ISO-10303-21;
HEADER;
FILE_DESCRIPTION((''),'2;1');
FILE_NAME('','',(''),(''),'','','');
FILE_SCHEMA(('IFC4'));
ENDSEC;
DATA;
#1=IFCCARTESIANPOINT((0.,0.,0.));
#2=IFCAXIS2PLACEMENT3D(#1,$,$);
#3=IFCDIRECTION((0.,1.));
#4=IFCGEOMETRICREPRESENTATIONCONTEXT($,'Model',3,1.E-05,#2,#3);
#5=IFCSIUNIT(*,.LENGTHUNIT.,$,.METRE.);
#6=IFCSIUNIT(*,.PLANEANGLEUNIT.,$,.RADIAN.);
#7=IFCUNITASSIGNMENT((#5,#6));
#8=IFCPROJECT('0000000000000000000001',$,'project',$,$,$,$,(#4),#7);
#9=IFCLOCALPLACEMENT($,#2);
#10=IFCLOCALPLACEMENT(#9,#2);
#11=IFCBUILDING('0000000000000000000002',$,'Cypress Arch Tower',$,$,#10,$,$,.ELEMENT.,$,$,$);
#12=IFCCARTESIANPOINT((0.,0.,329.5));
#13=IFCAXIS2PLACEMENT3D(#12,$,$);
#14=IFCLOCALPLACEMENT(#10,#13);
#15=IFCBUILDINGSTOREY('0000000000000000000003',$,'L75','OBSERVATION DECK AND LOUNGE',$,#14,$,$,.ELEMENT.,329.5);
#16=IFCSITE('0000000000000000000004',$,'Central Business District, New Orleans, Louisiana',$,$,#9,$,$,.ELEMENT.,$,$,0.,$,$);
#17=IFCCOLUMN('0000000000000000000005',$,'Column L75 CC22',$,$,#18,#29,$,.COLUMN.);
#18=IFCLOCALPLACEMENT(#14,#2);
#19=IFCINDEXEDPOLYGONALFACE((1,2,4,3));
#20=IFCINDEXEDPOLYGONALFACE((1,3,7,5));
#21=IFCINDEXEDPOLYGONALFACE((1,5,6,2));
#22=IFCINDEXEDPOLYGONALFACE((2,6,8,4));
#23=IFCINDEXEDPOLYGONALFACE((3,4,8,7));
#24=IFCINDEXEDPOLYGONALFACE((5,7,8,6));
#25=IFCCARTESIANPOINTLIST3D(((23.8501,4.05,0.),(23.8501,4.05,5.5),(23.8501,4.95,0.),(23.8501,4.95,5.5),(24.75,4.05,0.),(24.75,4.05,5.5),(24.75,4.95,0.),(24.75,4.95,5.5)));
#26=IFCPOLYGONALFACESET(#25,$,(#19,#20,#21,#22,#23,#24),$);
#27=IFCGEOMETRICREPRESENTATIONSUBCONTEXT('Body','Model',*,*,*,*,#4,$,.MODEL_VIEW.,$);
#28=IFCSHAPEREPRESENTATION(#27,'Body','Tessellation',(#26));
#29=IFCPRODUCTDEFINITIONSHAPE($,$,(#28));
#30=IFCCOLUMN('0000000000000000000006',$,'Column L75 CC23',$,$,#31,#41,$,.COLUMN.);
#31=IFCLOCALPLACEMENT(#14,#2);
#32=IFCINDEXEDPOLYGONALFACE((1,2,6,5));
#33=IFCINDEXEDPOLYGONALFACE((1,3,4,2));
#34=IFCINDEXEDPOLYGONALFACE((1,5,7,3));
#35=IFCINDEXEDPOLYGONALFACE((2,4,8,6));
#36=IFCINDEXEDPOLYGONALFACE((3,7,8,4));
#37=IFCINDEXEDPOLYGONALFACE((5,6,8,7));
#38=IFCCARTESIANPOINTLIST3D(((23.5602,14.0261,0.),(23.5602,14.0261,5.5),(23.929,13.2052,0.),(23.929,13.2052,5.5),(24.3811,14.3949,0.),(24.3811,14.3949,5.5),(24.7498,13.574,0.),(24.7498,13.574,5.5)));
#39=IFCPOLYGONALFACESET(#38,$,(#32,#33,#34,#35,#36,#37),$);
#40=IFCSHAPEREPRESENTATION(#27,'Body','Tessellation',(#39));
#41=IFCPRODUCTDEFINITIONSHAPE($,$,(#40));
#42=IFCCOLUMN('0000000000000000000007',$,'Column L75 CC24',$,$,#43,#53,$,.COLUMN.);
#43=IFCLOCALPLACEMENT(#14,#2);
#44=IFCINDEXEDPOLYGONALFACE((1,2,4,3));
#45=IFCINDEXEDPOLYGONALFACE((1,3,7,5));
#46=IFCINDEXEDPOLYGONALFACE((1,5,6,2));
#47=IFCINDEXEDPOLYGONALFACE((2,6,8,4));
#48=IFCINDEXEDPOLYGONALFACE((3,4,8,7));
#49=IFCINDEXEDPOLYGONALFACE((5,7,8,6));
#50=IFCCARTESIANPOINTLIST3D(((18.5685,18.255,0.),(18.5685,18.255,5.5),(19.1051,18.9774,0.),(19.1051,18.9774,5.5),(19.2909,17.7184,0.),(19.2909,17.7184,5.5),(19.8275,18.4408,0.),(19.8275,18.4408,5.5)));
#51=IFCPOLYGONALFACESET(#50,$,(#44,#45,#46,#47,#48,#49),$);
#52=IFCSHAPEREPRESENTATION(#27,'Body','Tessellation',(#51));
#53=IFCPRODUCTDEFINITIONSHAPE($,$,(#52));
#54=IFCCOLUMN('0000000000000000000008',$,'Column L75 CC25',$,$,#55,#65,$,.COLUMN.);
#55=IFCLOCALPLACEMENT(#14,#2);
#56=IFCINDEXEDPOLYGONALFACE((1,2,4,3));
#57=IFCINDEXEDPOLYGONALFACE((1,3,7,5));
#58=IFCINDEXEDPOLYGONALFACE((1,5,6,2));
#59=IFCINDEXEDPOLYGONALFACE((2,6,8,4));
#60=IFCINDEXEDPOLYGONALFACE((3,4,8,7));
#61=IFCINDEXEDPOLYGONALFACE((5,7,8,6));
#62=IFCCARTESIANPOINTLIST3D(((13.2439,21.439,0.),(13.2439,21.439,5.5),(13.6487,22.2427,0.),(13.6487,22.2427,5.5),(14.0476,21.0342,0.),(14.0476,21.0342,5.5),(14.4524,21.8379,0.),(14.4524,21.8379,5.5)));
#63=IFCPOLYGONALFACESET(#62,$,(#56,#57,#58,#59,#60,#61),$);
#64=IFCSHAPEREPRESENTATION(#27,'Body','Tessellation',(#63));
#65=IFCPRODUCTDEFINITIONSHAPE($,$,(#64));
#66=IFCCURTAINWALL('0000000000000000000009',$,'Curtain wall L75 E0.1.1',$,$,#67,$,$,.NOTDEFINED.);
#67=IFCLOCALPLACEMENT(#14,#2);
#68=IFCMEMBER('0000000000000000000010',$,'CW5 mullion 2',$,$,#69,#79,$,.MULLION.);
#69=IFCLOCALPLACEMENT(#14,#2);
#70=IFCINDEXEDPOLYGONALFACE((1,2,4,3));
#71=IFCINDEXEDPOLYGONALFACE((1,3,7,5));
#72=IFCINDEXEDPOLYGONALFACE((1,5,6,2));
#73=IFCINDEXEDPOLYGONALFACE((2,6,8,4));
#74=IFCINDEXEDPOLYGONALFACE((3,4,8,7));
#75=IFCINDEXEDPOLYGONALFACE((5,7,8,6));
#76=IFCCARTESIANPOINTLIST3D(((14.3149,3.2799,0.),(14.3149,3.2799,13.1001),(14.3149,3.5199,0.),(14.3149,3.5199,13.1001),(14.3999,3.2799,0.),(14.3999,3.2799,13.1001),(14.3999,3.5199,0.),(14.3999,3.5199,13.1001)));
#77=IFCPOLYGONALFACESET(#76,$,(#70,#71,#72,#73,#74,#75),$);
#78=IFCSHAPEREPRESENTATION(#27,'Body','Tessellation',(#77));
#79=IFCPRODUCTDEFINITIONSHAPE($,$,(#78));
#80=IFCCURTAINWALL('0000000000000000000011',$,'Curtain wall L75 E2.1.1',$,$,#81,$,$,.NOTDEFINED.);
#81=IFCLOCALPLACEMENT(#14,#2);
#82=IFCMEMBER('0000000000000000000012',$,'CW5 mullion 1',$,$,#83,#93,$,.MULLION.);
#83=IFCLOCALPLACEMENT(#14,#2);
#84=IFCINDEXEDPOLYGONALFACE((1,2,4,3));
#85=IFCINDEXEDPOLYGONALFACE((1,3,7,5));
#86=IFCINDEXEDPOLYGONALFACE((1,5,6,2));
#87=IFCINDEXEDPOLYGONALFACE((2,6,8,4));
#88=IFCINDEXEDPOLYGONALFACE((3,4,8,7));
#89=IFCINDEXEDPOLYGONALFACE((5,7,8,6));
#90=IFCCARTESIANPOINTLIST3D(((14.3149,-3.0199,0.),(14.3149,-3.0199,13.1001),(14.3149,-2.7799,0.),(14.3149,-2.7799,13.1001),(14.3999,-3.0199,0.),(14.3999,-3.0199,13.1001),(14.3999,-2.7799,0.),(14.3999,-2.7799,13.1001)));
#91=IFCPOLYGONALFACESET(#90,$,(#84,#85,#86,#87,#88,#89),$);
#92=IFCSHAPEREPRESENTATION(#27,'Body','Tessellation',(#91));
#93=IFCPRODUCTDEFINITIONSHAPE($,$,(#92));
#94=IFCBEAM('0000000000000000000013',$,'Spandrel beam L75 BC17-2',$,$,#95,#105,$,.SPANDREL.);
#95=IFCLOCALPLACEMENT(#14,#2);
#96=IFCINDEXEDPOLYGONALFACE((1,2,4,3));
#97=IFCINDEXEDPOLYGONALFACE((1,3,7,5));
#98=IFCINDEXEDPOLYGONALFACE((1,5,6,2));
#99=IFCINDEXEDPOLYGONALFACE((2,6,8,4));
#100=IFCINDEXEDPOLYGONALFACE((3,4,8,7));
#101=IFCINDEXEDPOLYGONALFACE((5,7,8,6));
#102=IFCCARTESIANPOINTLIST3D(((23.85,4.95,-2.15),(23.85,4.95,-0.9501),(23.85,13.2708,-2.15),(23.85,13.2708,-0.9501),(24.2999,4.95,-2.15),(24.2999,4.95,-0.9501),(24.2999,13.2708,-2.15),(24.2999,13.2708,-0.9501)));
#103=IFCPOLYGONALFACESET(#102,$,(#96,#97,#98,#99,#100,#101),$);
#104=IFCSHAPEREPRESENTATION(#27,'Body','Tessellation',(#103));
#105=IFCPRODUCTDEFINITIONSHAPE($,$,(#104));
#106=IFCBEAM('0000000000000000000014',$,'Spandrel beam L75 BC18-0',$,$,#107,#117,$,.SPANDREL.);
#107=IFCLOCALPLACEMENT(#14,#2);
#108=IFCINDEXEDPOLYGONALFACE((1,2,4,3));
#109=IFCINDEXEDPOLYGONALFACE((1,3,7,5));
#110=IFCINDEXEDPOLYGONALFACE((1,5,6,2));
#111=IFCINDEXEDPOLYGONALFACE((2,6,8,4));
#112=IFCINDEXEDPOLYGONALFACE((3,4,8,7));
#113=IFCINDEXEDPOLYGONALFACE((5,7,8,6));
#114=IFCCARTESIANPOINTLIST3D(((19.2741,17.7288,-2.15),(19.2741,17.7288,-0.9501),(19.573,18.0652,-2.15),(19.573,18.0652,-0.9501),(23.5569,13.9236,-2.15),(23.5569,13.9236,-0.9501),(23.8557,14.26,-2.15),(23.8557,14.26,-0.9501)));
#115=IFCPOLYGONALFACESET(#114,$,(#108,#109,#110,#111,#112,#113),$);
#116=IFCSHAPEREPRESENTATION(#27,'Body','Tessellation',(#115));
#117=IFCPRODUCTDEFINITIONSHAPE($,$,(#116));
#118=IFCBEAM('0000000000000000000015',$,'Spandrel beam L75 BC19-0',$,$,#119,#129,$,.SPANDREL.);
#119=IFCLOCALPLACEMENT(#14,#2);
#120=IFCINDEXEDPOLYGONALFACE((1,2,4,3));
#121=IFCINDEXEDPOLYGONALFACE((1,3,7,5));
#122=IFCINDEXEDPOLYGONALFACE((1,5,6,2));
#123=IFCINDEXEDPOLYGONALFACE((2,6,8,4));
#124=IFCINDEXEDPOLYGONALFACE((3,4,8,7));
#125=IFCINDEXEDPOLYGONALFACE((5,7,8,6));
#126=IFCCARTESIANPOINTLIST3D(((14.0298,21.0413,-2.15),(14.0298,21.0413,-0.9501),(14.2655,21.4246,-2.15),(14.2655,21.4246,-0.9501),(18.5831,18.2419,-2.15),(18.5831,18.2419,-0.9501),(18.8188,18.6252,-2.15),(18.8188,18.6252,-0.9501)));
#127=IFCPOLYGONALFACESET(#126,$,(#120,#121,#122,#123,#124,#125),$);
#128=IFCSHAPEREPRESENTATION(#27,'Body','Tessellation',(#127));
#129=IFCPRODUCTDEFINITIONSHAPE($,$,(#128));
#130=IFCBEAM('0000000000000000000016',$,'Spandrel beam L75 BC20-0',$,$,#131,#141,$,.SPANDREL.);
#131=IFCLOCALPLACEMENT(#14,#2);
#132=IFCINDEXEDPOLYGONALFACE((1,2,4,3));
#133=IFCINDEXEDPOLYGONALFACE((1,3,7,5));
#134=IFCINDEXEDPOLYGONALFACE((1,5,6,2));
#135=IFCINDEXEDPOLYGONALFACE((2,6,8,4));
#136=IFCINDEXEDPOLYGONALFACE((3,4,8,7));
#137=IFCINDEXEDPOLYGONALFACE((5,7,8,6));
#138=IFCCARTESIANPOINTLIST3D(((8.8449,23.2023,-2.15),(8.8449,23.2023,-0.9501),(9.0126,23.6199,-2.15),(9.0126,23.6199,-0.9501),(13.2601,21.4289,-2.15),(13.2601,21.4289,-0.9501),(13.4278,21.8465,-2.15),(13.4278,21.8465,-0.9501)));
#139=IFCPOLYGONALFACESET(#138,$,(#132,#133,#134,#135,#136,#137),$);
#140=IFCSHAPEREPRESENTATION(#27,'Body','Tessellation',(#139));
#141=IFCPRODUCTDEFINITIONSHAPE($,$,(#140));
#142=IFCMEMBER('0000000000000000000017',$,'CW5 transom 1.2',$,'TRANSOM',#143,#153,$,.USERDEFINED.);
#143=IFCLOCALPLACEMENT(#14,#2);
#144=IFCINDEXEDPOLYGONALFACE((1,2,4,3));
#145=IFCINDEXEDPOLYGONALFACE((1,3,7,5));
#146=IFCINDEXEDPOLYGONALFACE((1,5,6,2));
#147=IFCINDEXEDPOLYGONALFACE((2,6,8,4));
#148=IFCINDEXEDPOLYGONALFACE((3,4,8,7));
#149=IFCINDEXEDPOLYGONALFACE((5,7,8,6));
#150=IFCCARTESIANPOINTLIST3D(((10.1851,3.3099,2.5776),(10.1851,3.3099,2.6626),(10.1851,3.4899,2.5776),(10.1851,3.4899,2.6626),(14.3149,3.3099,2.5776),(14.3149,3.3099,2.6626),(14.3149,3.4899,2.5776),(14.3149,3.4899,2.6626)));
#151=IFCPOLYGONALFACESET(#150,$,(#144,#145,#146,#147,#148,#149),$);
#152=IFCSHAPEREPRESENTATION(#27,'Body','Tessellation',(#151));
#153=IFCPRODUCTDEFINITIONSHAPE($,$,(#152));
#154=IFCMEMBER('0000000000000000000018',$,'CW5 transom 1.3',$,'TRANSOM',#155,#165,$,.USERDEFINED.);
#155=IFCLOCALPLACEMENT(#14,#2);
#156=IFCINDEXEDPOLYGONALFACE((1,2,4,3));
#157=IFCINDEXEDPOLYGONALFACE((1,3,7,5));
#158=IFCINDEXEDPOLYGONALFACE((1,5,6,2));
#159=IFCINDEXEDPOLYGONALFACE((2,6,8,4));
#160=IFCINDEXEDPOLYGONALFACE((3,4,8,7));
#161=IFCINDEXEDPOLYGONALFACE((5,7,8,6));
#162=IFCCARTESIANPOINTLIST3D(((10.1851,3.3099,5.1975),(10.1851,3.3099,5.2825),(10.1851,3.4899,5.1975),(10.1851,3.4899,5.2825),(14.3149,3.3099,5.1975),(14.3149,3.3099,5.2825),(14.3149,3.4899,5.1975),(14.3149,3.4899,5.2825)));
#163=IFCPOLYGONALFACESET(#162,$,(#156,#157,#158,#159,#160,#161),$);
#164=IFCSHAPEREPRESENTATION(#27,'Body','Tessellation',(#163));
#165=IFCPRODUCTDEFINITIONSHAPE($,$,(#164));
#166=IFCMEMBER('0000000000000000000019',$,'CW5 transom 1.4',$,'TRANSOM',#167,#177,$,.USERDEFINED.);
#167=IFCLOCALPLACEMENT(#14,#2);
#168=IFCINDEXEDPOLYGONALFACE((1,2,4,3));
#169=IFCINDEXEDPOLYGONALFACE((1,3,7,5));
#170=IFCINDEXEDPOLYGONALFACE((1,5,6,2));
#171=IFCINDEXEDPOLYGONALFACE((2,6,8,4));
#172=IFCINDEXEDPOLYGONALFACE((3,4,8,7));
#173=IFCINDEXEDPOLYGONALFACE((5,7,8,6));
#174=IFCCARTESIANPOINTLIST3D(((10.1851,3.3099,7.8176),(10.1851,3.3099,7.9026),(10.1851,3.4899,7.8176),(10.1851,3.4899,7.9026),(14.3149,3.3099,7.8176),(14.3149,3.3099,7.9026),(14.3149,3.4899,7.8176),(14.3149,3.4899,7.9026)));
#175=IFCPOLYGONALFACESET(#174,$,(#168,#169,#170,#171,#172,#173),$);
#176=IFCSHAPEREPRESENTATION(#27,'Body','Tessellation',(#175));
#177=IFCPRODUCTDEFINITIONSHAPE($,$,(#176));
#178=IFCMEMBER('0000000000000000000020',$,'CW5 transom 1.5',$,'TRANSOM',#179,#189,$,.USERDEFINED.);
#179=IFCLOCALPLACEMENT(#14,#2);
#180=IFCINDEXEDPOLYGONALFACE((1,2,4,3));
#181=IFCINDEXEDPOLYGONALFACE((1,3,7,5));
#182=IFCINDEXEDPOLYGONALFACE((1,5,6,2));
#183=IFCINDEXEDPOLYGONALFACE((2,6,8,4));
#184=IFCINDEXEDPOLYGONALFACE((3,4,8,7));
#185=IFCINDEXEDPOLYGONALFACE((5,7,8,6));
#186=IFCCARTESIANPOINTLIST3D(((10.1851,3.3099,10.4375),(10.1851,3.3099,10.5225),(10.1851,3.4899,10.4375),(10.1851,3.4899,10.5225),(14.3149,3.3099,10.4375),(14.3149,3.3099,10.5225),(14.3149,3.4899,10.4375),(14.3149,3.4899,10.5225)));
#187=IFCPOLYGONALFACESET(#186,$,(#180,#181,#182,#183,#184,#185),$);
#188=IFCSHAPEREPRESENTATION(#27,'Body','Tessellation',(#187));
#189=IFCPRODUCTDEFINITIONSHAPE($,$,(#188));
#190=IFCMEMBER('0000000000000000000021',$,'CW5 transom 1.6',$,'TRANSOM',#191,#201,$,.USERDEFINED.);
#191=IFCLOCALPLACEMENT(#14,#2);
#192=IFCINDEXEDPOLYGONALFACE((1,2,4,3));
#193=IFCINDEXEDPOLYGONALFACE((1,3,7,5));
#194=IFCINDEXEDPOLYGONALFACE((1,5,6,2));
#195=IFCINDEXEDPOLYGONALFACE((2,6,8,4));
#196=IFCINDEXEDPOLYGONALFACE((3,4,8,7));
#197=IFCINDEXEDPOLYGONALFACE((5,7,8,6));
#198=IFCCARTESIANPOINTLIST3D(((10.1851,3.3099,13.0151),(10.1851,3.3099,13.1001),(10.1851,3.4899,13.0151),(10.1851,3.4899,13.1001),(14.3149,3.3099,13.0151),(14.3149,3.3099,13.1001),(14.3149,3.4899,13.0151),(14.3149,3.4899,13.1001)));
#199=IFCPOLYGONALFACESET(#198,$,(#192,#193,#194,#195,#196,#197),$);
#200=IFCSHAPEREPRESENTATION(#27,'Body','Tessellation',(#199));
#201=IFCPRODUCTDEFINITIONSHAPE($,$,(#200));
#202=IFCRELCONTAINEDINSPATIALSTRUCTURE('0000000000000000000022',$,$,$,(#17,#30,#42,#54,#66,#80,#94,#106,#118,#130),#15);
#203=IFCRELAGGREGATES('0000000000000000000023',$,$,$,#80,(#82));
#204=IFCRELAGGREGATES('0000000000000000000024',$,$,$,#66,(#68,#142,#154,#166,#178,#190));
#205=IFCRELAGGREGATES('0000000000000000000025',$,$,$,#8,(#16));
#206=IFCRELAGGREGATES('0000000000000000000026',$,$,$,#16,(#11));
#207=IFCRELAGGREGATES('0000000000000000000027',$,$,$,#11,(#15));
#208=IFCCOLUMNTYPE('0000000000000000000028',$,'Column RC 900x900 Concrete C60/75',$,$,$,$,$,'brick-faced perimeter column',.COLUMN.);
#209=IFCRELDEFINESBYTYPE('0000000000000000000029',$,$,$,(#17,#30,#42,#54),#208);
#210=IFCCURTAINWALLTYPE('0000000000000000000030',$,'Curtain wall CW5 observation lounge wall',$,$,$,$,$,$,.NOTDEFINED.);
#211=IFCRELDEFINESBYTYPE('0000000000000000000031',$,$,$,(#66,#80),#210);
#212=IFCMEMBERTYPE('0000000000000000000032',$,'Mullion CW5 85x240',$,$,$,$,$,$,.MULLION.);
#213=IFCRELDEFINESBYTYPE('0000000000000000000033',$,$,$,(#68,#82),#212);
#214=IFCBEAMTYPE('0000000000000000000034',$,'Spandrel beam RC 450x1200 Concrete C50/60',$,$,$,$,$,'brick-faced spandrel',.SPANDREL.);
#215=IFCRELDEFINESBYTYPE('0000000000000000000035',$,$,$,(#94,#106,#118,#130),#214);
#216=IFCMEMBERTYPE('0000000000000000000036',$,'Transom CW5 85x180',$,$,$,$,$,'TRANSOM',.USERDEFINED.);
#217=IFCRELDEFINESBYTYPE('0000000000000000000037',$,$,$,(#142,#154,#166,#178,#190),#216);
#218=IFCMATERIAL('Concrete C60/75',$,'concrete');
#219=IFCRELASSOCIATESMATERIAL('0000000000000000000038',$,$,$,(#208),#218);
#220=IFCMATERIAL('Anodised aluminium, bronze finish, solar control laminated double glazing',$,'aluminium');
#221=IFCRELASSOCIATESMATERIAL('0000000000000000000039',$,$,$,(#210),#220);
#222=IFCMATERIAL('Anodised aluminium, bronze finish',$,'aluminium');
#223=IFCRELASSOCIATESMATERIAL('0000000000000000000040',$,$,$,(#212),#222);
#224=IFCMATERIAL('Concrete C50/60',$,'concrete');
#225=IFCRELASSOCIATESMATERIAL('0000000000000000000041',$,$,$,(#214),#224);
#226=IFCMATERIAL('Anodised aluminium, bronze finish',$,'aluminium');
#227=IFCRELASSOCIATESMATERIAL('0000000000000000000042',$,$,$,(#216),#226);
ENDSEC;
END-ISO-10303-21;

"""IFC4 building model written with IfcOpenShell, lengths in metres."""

from ifc_helpers import new_model, si_unit, direction, frame, origin, origin_2d, place, context, subcontext, project, spatial, rectangle, extrude, material, material_profile, profile_set, type_object, element, aggregate, save


model = new_model("IFC4")

# Units and contexts
model_context = context("Model", 3, precision=1e-05, world=origin(), true_north=direction((0.0, 1.0)))
body_context = subcontext(model_context, "Body", "Model", "MODEL_VIEW")
ifc_project = project(units=[si_unit("LENGTHUNIT", "METRE"), si_unit("PLANEANGLEUNIT", "RADIAN")], contexts=[model_context])

# Site, building, storey
site_placement = place(None, origin())
site = spatial("IfcSite", under=ifc_project, at=site_placement, Name="Central Business District, New Orleans, Louisiana", CompositionType="ELEMENT", RefElevation=0.0)
building_placement = place(site_placement, origin())
building = spatial("IfcBuilding", under=site, at=building_placement, Name="Cypress Arch Tower", CompositionType="ELEMENT")
storey_placement = place(building_placement, frame((0.0, 0.0, 329.5)))
storey = spatial("IfcBuildingStorey", under=building, at=storey_placement, Name="L75", Description="OBSERVATION DECK AND LOUNGE", CompositionType="ELEMENT", Elevation=329.5)

# Columns
ifc_material_1 = material(Name="Concrete C60/75", Category="concrete")
ifc_material_profile_1 = material_profile(ifc_material_1, rectangle(XDim=0.8999, YDim=0.8999, at=origin_2d()), Name="RC 900x900")
ifc_profile_set_1 = profile_set([ifc_material_profile_1], Name="Concrete C60/75")
column_type = type_object("IfcColumnType", Name="Column RC 900x900 Concrete C60/75", ElementType="brick-faced perimeter column", PredefinedType="COLUMN", material=ifc_profile_set_1)
for number, where, z_axis, x_axis, name in (
    (1, (24.3, 4.5, 0.0), (0.0, 0.0, 1.0), (0.0, 1.0, 0.0), "Column L75 CC22"),
    (2, (24.155, 13.8, 0.0), (0.0, 0.0, 1.0), (-0.409765, 0.912191, 0.0), "Column L75 CC23"),
    (3, (19.198, 18.3479, 0.0), (0.0, 0.0, 1.0), (-0.802799, 0.59625, 0.0), "Column L75 CC24"),
    (4, (13.8481, 21.6384, 0.0), (0.0, 0.0, 1.0), (-0.893106, 0.449845, 0.0), "Column L75 CC25"),
):
    element("IfcColumn", number, at=place(storey_placement, frame(where, z_axis=z_axis, x_axis=x_axis)), inside=storey, type_object=column_type, Name=name, PredefinedType="COLUMN", context=body_context, shape_type="SweptSolid", body=[
        extrude(rectangle(XDim=0.8999, YDim=0.8999, at=origin_2d()), origin(), (0.0, 0.0, 1.0), 5.5),
    ])

# Curtain walls, members
ifc_material_2 = material(Name="Anodised aluminium, bronze finish, solar control laminated double glazing", Category="aluminium")
curtain_wall_type = type_object("IfcCurtainWallType", Name="Curtain wall CW5 observation lounge wall", PredefinedType="NOTDEFINED", material=ifc_material_2)
curtain_wall_1_placement = place(storey_placement, origin())
curtain_wall_1 = element("IfcCurtainWall", 5, at=curtain_wall_1_placement, inside=storey, type_object=curtain_wall_type, Name="Curtain wall L75 E0.1.1", PredefinedType="NOTDEFINED")
ifc_material_3 = material(Name="Anodised aluminium, bronze finish", Category="aluminium")
ifc_material_profile_2 = material_profile(ifc_material_3, rectangle(XDim=0.24, YDim=0.085, at=origin_2d()), Name="Mullion 85x240")
ifc_profile_set_2 = profile_set([ifc_material_profile_2], Name="Anodised aluminium, bronze finish")
member_type_1 = type_object("IfcMemberType", Name="Mullion CW5 85x240", PredefinedType="MULLION", material=ifc_profile_set_2)
member_1_placement = place(storey_placement, frame((14.3574, 3.3999, 0.0), z_axis=(0.0, 0.0, 1.0), x_axis=(0.0, 1.0, 0.0)))
member_1 = element("IfcMember", 6, at=member_1_placement, type_object=member_type_1, Name="CW5 mullion 2", PredefinedType="MULLION", context=body_context, shape_type="SweptSolid", body=[
    extrude(rectangle(XDim=0.24, YDim=0.085, at=origin_2d()), origin(), (0.0, 0.0, 1.0), 13.1001),
])
curtain_wall_2_placement = place(storey_placement, origin())
curtain_wall_2 = element("IfcCurtainWall", 7, at=curtain_wall_2_placement, inside=storey, type_object=curtain_wall_type, Name="Curtain wall L75 E2.1.1", PredefinedType="NOTDEFINED")
member_2_placement = place(storey_placement, frame((14.3574, -2.8999, 0.0), z_axis=(0.0, 0.0, 1.0), x_axis=(0.0, -1.0, 0.0)))
member_2 = element("IfcMember", 8, at=member_2_placement, type_object=member_type_1, Name="CW5 mullion 1", PredefinedType="MULLION", context=body_context, shape_type="SweptSolid", body=[
    extrude(rectangle(XDim=0.24, YDim=0.085, at=origin_2d()), origin(), (0.0, 0.0, 1.0), 13.1001),
])

# Beams
ifc_material_4 = material(Name="Concrete C50/60", Category="concrete")
ifc_material_profile_3 = material_profile(ifc_material_4, rectangle(XDim=0.45, YDim=1.2, at=origin_2d()), Name="RC 450x1200")
ifc_profile_set_3 = profile_set([ifc_material_profile_3], Name="Concrete C50/60")
beam_type = type_object("IfcBeamType", Name="Spandrel beam RC 450x1200 Concrete C50/60", ElementType="brick-faced spandrel", PredefinedType="SPANDREL", material=ifc_profile_set_3)
beam_1_placement = place(storey_placement, frame((24.075, 4.95, -1.55), z_axis=(0.0, 1.0, 0.0), x_axis=(-1.0, 0.0, 0.0)))
element("IfcBeam", 9, at=beam_1_placement, inside=storey, type_object=beam_type, Name="Spandrel beam L75 BC17-2", PredefinedType="SPANDREL", context=body_context, shape_type="SweptSolid", body=[
    extrude(rectangle(XDim=0.45, YDim=1.2, at=origin_2d()), origin(), (0.0, 0.0, 1.0), 8.3208),
])
beam_2_placement = place(storey_placement, frame((23.7063, 14.0918, -1.55), z_axis=(-0.747555, 0.6642, 0.0), x_axis=(-0.6642, -0.747555, 0.0)))
element("IfcBeam", 10, at=beam_2_placement, inside=storey, type_object=beam_type, Name="Spandrel beam L75 BC18-0", PredefinedType="SPANDREL", context=body_context, shape_type="SweptSolid", body=[
    extrude(rectangle(XDim=0.45, YDim=1.2, at=origin_2d()), origin(), (0.0, 0.0, 1.0), 5.729),
])
beam_3_placement = place(storey_placement, frame((18.7009, 18.4336, -1.55), z_axis=(-0.851881, 0.523735, 0.0), x_axis=(-0.523735, -0.851881, 0.0)))
element("IfcBeam", 11, at=beam_3_placement, inside=storey, type_object=beam_type, Name="Spandrel beam L75 BC19-0", PredefinedType="SPANDREL", context=body_context, shape_type="SweptSolid", body=[
    extrude(rectangle(XDim=0.45, YDim=1.2, at=origin_2d()), origin(), (0.0, 0.0, 1.0), 5.345),
])
beam_4_placement = place(storey_placement, frame((13.344, 21.6377, -1.55), z_axis=(-0.927945, 0.372717, 0.0), x_axis=(-0.372717, -0.927945, 0.0)))
element("IfcBeam", 12, at=beam_4_placement, inside=storey, type_object=beam_type, Name="Spandrel beam L75 BC20-0", PredefinedType="SPANDREL", context=body_context, shape_type="SweptSolid", body=[
    extrude(rectangle(XDim=0.45, YDim=1.2, at=origin_2d()), origin(), (0.0, 0.0, 1.0), 4.7581),
])

# Members
ifc_material_5 = material(Name="Anodised aluminium, bronze finish", Category="aluminium")
ifc_material_profile_4 = material_profile(ifc_material_5, rectangle(XDim=0.1799, YDim=0.085, at=origin_2d()), Name="Transom 85x180")
ifc_profile_set_4 = profile_set([ifc_material_profile_4], Name="Anodised aluminium, bronze finish")
member_type_2 = type_object("IfcMemberType", Name="Transom CW5 85x180", ElementType="TRANSOM", PredefinedType="USERDEFINED", material=ifc_profile_set_4)
member_3_placement = place(storey_placement, frame((10.1851, 3.3999, 2.6201), z_axis=(1.0, 0.0, 0.0), x_axis=(0.0, 1.0, 0.0)))
member_3 = element("IfcMember", 13, at=member_3_placement, type_object=member_type_2, Name="CW5 transom 1.2", ObjectType="TRANSOM", PredefinedType="USERDEFINED", context=body_context, shape_type="SweptSolid", body=[
    extrude(rectangle(XDim=0.1799, YDim=0.085, at=origin_2d()), origin(), (0.0, 0.0, 1.0), 4.1299),
])
member_4_placement = place(storey_placement, frame((10.1851, 3.3999, 5.24), z_axis=(1.0, 0.0, 0.0), x_axis=(0.0, 1.0, 0.0)))
member_4 = element("IfcMember", 14, at=member_4_placement, type_object=member_type_2, Name="CW5 transom 1.3", ObjectType="TRANSOM", PredefinedType="USERDEFINED", context=body_context, shape_type="SweptSolid", body=[
    extrude(rectangle(XDim=0.1799, YDim=0.085, at=origin_2d()), origin(), (0.0, 0.0, 1.0), 4.1299),
])
member_5_placement = place(storey_placement, frame((10.1851, 3.3999, 7.8601), z_axis=(1.0, 0.0, 0.0), x_axis=(0.0, 1.0, 0.0)))
member_5 = element("IfcMember", 15, at=member_5_placement, type_object=member_type_2, Name="CW5 transom 1.4", ObjectType="TRANSOM", PredefinedType="USERDEFINED", context=body_context, shape_type="SweptSolid", body=[
    extrude(rectangle(XDim=0.1799, YDim=0.085, at=origin_2d()), origin(), (0.0, 0.0, 1.0), 4.1299),
])
member_6_placement = place(storey_placement, frame((10.1851, 3.3999, 10.48), z_axis=(1.0, 0.0, 0.0), x_axis=(0.0, 1.0, 0.0)))
member_6 = element("IfcMember", 16, at=member_6_placement, type_object=member_type_2, Name="CW5 transom 1.5", ObjectType="TRANSOM", PredefinedType="USERDEFINED", context=body_context, shape_type="SweptSolid", body=[
    extrude(rectangle(XDim=0.1799, YDim=0.085, at=origin_2d()), origin(), (0.0, 0.0, 1.0), 4.1299),
])
member_7_placement = place(storey_placement, frame((10.1851, 3.3999, 13.0576), z_axis=(1.0, 0.0, 0.0), x_axis=(0.0, 1.0, 0.0)))
member_7 = element("IfcMember", 17, at=member_7_placement, type_object=member_type_2, Name="CW5 transom 1.6", ObjectType="TRANSOM", PredefinedType="USERDEFINED", context=body_context, shape_type="SweptSolid", body=[
    extrude(rectangle(XDim=0.1799, YDim=0.085, at=origin_2d()), origin(), (0.0, 0.0, 1.0), 4.1299),
])
aggregate(curtain_wall_2, [member_2])

aggregate(curtain_wall_1, [member_1, member_3, member_4, member_5, member_6, member_7])

save(model, "model.ifc")
